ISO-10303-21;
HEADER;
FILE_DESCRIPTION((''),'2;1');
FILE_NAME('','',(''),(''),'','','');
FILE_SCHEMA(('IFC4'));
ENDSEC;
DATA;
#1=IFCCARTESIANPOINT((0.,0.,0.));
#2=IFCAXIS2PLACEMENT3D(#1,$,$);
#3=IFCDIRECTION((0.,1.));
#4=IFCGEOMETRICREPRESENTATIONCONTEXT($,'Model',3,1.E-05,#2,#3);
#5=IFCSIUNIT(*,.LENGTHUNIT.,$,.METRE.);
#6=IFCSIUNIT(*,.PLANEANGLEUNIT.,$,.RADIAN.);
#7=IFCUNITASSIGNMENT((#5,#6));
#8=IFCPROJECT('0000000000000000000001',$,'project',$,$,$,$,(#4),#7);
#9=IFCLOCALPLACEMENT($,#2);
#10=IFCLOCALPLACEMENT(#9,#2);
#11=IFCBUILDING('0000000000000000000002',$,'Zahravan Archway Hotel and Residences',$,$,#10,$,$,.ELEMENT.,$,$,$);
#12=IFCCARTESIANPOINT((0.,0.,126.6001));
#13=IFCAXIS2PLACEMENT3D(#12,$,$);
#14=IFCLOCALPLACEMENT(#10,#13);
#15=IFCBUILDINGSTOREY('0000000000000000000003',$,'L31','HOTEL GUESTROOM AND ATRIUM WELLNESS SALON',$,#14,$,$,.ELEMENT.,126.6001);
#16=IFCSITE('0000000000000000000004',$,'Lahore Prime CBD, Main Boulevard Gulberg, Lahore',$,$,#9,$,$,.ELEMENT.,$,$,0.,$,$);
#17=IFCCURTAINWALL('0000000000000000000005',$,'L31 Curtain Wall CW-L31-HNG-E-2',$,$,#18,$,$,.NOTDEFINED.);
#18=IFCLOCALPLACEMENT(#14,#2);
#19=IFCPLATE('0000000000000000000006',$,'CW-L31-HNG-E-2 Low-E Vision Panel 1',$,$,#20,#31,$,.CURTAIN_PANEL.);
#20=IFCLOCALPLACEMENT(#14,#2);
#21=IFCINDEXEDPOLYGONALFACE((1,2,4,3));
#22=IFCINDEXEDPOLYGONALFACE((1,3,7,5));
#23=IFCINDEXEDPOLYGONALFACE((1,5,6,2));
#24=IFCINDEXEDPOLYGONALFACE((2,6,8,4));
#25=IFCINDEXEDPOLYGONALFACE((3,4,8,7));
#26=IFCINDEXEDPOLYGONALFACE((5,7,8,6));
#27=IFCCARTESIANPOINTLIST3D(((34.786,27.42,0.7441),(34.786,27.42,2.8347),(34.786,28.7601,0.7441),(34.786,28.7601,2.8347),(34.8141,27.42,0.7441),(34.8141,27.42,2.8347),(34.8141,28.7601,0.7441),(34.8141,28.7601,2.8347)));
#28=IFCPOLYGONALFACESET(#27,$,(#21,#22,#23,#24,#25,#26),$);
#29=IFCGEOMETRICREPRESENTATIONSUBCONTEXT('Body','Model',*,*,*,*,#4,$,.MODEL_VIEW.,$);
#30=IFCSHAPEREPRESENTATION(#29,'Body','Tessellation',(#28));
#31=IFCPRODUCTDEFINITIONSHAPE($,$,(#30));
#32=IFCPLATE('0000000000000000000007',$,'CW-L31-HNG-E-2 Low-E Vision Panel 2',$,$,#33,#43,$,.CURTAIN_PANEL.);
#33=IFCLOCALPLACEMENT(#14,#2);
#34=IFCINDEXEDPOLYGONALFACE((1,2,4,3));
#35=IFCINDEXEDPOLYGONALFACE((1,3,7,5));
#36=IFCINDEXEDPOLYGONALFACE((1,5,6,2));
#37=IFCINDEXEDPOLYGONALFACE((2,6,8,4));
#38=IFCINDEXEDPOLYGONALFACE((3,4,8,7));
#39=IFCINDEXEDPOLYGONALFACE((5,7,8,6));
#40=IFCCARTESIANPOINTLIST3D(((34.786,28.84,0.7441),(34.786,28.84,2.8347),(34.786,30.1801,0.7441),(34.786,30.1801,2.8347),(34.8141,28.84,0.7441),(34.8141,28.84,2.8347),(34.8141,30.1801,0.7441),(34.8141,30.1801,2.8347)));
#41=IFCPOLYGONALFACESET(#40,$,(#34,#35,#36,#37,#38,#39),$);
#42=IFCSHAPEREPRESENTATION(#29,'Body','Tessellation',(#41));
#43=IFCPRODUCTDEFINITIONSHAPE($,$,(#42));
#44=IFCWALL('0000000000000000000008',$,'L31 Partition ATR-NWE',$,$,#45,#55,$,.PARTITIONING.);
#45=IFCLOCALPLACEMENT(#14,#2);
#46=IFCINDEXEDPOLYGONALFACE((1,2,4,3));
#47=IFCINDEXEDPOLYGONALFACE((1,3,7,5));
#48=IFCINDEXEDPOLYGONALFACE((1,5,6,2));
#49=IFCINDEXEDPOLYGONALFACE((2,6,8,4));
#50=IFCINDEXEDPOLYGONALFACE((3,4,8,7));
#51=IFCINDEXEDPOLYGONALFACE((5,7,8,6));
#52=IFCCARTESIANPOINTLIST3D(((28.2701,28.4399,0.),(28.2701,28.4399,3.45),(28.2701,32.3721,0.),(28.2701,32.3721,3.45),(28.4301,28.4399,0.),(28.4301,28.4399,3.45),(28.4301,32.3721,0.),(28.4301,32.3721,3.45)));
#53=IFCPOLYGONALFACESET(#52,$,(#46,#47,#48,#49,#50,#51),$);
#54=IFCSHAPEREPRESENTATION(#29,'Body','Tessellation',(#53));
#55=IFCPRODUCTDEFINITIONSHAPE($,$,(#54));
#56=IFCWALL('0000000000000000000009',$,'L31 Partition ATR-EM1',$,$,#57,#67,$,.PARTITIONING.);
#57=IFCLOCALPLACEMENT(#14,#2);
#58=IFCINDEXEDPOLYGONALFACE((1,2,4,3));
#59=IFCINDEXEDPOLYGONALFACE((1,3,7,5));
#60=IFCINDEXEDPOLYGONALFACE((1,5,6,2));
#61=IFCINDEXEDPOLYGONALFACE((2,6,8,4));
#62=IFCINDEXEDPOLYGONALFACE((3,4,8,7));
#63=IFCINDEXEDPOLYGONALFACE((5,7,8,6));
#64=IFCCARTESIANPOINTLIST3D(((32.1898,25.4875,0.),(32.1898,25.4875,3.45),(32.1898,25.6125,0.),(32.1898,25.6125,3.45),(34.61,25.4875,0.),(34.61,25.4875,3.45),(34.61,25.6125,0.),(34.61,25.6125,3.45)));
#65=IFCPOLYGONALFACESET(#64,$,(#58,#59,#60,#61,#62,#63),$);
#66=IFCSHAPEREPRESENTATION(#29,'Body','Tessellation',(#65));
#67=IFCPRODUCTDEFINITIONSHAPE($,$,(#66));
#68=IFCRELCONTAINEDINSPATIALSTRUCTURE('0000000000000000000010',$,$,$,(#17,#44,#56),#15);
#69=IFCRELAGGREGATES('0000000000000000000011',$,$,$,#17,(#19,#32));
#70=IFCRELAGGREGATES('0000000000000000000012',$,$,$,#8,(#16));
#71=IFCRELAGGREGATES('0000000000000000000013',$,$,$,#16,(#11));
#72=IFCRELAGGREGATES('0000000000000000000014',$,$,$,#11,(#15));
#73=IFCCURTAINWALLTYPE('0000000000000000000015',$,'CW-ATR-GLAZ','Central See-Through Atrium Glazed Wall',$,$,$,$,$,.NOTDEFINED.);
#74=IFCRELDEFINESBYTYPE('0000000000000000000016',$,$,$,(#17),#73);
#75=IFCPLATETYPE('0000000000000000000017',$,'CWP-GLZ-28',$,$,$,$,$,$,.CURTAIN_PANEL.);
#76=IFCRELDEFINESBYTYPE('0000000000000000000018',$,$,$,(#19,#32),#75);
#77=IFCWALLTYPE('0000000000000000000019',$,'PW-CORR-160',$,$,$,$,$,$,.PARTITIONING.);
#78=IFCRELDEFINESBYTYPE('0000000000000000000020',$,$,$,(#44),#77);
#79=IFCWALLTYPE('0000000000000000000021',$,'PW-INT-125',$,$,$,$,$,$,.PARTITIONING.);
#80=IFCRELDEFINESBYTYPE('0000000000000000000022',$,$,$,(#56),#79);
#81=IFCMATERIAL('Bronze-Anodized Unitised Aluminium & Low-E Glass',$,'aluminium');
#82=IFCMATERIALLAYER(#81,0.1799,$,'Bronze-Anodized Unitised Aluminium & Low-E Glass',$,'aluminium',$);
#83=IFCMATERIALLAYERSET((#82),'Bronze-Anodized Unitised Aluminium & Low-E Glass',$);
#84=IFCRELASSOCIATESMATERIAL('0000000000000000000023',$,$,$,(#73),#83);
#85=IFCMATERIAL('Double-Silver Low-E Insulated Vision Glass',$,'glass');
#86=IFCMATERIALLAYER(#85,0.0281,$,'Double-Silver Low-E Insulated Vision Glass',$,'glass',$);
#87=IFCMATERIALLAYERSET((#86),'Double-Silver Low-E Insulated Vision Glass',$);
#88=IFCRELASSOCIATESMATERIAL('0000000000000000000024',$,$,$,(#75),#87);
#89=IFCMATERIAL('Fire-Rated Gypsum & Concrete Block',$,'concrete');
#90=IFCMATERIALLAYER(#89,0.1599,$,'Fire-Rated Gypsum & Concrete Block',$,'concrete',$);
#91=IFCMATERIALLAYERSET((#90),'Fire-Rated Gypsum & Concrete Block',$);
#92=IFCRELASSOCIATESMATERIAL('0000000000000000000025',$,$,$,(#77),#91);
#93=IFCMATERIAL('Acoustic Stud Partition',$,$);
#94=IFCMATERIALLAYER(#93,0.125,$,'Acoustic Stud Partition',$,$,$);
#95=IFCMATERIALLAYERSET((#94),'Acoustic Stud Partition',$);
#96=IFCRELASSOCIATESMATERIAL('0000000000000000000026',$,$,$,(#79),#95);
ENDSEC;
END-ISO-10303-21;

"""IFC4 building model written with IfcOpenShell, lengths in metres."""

from ifc_helpers import new_model, si_unit, direction, frame, frame_2d, origin, origin_2d, place, context, subcontext, project, spatial, rectangle, extrude, source, transform, mapped, material, layer, layer_set, type_object, element, aggregate, save


model = new_model("IFC4")

# Units and contexts
model_context = context("Model", 3, precision=1e-05, world=origin(), true_north=direction((0.0, 1.0)))
body_context = subcontext(model_context, "Body", "Model", "MODEL_VIEW")
ifc_project = project(units=[si_unit("LENGTHUNIT", "METRE"), si_unit("PLANEANGLEUNIT", "RADIAN")], contexts=[model_context])

# Site, building, storey
site_placement = place(None, origin())
site = spatial("IfcSite", under=ifc_project, at=site_placement, Name="Lahore Prime CBD, Main Boulevard Gulberg, Lahore", CompositionType="ELEMENT", RefElevation=0.0)
building_placement = place(site_placement, origin())
building = spatial("IfcBuilding", under=site, at=building_placement, Name="Zahravan Archway Hotel and Residences", CompositionType="ELEMENT")
storey_placement = place(building_placement, frame((0.0, 0.0, 126.6001)))
storey = spatial("IfcBuildingStorey", under=building, at=storey_placement, Name="L31", Description="HOTEL GUESTROOM AND ATRIUM WELLNESS SALON", CompositionType="ELEMENT", Elevation=126.6001)

# Curtain wall
ifc_material_1 = material(Name="Bronze-Anodized Unitised Aluminium & Low-E Glass", Category="aluminium")
ifc_layer_1 = layer(ifc_material_1, 0.1799, Name="Bronze-Anodized Unitised Aluminium & Low-E Glass", Category="aluminium")
ifc_layer_set_1 = layer_set([ifc_layer_1], Name="Bronze-Anodized Unitised Aluminium & Low-E Glass")
curtain_wall_type = type_object("IfcCurtainWallType", Name="CW-ATR-GLAZ", Description="Central See-Through Atrium Glazed Wall", PredefinedType="NOTDEFINED", material=ifc_layer_set_1)
curtain_wall_1_placement = place(storey_placement, origin())
curtain_wall_1 = element("IfcCurtainWall", 1, at=curtain_wall_1_placement, inside=storey, type_object=curtain_wall_type, Name="L31 Curtain Wall CW-L31-HNG-E-2", PredefinedType="NOTDEFINED")

# Plates
ifc_material_2 = material(Name="Double-Silver Low-E Insulated Vision Glass", Category="glass")
ifc_layer_2 = layer(ifc_material_2, 0.0281, Name="Double-Silver Low-E Insulated Vision Glass", Category="glass")
ifc_layer_set_2 = layer_set([ifc_layer_2], Name="Double-Silver Low-E Insulated Vision Glass")
plate_type_1 = type_object("IfcPlateType", Name="CWP-GLZ-28", PredefinedType="CURTAIN_PANEL", material=ifc_layer_set_2)
shared_shape_1 = source(origin(), body_context, "Body", "SweptSolid", [
    extrude(rectangle(XDim=1.3401, YDim=0.0281, at=origin_2d()), origin(), (0.0, 0.0, 1.0), 2.0906),
])
plate_1_placement = place(storey_placement, frame((34.8, 28.0901, 0.7441), z_axis=(0.0, 0.0, 1.0), x_axis=(0.0, 1.0, 0.0)))
plate_1 = element("IfcPlate", 2, at=plate_1_placement, type_object=plate_type_1, Name="CW-L31-HNG-E-2 Low-E Vision Panel 1", PredefinedType="CURTAIN_PANEL", context=body_context, shape_type="MappedRepresentation", body=[
    mapped(shared_shape_1, transform((0.0, 0.0, 0.0), scale=1.0)),
])
plate_2_placement = place(storey_placement, frame((34.8, 29.51, 0.7441), z_axis=(0.0, 0.0, 1.0), x_axis=(0.0, 1.0, 0.0)))
plate_2 = element("IfcPlate", 3, at=plate_2_placement, type_object=plate_type_1, Name="CW-L31-HNG-E-2 Low-E Vision Panel 2", PredefinedType="CURTAIN_PANEL", context=body_context, shape_type="MappedRepresentation", body=[
    mapped(shared_shape_1, transform((0.0, 0.0, 0.0), scale=1.0)),
])
aggregate(curtain_wall_1, [plate_1, plate_2])

# Walls
ifc_material_3 = material(Name="Fire-Rated Gypsum & Concrete Block", Category="concrete")
ifc_layer_3 = layer(ifc_material_3, 0.1599, Name="Fire-Rated Gypsum & Concrete Block", Category="concrete")
ifc_layer_set_3 = layer_set([ifc_layer_3], Name="Fire-Rated Gypsum & Concrete Block")
wall_type_1 = type_object("IfcWallType", Name="PW-CORR-160", PredefinedType="PARTITIONING", material=ifc_layer_set_3)
wall_1_placement = place(storey_placement, frame((28.3501, 28.4399, 0.0), z_axis=(0.0, 0.0, 1.0), x_axis=(0.0, 1.0, 0.0)))
element("IfcWall", 4, at=wall_1_placement, inside=storey, type_object=wall_type_1, Name="L31 Partition ATR-NWE", PredefinedType="PARTITIONING", context=body_context, shape_type="SweptSolid", body=[
    extrude(rectangle(XDim=3.9321, YDim=0.1599, at=frame_2d((1.9661, 0.0))), origin(), (0.0, 0.0, 1.0), 3.45),
])
ifc_material_4 = material(Name="Acoustic Stud Partition")
ifc_layer_4 = layer(ifc_material_4, 0.125, Name="Acoustic Stud Partition")
ifc_layer_set_4 = layer_set([ifc_layer_4], Name="Acoustic Stud Partition")
wall_type_2 = type_object("IfcWallType", Name="PW-INT-125", PredefinedType="PARTITIONING", material=ifc_layer_set_4)
wall_2_placement = place(storey_placement, frame((32.1899, 25.55, 0.0), z_axis=(0.0, 0.0, 1.0), x_axis=(1.0, 0.0, 0.0)))
element("IfcWall", 5, at=wall_2_placement, inside=storey, type_object=wall_type_2, Name="L31 Partition ATR-EM1", PredefinedType="PARTITIONING", context=body_context, shape_type="SweptSolid", body=[
    extrude(rectangle(XDim=2.4202, YDim=0.125, at=frame_2d((1.21, 0.0))), origin(), (0.0, 0.0, 1.0), 3.45),
])

save(model, "model.ifc")
